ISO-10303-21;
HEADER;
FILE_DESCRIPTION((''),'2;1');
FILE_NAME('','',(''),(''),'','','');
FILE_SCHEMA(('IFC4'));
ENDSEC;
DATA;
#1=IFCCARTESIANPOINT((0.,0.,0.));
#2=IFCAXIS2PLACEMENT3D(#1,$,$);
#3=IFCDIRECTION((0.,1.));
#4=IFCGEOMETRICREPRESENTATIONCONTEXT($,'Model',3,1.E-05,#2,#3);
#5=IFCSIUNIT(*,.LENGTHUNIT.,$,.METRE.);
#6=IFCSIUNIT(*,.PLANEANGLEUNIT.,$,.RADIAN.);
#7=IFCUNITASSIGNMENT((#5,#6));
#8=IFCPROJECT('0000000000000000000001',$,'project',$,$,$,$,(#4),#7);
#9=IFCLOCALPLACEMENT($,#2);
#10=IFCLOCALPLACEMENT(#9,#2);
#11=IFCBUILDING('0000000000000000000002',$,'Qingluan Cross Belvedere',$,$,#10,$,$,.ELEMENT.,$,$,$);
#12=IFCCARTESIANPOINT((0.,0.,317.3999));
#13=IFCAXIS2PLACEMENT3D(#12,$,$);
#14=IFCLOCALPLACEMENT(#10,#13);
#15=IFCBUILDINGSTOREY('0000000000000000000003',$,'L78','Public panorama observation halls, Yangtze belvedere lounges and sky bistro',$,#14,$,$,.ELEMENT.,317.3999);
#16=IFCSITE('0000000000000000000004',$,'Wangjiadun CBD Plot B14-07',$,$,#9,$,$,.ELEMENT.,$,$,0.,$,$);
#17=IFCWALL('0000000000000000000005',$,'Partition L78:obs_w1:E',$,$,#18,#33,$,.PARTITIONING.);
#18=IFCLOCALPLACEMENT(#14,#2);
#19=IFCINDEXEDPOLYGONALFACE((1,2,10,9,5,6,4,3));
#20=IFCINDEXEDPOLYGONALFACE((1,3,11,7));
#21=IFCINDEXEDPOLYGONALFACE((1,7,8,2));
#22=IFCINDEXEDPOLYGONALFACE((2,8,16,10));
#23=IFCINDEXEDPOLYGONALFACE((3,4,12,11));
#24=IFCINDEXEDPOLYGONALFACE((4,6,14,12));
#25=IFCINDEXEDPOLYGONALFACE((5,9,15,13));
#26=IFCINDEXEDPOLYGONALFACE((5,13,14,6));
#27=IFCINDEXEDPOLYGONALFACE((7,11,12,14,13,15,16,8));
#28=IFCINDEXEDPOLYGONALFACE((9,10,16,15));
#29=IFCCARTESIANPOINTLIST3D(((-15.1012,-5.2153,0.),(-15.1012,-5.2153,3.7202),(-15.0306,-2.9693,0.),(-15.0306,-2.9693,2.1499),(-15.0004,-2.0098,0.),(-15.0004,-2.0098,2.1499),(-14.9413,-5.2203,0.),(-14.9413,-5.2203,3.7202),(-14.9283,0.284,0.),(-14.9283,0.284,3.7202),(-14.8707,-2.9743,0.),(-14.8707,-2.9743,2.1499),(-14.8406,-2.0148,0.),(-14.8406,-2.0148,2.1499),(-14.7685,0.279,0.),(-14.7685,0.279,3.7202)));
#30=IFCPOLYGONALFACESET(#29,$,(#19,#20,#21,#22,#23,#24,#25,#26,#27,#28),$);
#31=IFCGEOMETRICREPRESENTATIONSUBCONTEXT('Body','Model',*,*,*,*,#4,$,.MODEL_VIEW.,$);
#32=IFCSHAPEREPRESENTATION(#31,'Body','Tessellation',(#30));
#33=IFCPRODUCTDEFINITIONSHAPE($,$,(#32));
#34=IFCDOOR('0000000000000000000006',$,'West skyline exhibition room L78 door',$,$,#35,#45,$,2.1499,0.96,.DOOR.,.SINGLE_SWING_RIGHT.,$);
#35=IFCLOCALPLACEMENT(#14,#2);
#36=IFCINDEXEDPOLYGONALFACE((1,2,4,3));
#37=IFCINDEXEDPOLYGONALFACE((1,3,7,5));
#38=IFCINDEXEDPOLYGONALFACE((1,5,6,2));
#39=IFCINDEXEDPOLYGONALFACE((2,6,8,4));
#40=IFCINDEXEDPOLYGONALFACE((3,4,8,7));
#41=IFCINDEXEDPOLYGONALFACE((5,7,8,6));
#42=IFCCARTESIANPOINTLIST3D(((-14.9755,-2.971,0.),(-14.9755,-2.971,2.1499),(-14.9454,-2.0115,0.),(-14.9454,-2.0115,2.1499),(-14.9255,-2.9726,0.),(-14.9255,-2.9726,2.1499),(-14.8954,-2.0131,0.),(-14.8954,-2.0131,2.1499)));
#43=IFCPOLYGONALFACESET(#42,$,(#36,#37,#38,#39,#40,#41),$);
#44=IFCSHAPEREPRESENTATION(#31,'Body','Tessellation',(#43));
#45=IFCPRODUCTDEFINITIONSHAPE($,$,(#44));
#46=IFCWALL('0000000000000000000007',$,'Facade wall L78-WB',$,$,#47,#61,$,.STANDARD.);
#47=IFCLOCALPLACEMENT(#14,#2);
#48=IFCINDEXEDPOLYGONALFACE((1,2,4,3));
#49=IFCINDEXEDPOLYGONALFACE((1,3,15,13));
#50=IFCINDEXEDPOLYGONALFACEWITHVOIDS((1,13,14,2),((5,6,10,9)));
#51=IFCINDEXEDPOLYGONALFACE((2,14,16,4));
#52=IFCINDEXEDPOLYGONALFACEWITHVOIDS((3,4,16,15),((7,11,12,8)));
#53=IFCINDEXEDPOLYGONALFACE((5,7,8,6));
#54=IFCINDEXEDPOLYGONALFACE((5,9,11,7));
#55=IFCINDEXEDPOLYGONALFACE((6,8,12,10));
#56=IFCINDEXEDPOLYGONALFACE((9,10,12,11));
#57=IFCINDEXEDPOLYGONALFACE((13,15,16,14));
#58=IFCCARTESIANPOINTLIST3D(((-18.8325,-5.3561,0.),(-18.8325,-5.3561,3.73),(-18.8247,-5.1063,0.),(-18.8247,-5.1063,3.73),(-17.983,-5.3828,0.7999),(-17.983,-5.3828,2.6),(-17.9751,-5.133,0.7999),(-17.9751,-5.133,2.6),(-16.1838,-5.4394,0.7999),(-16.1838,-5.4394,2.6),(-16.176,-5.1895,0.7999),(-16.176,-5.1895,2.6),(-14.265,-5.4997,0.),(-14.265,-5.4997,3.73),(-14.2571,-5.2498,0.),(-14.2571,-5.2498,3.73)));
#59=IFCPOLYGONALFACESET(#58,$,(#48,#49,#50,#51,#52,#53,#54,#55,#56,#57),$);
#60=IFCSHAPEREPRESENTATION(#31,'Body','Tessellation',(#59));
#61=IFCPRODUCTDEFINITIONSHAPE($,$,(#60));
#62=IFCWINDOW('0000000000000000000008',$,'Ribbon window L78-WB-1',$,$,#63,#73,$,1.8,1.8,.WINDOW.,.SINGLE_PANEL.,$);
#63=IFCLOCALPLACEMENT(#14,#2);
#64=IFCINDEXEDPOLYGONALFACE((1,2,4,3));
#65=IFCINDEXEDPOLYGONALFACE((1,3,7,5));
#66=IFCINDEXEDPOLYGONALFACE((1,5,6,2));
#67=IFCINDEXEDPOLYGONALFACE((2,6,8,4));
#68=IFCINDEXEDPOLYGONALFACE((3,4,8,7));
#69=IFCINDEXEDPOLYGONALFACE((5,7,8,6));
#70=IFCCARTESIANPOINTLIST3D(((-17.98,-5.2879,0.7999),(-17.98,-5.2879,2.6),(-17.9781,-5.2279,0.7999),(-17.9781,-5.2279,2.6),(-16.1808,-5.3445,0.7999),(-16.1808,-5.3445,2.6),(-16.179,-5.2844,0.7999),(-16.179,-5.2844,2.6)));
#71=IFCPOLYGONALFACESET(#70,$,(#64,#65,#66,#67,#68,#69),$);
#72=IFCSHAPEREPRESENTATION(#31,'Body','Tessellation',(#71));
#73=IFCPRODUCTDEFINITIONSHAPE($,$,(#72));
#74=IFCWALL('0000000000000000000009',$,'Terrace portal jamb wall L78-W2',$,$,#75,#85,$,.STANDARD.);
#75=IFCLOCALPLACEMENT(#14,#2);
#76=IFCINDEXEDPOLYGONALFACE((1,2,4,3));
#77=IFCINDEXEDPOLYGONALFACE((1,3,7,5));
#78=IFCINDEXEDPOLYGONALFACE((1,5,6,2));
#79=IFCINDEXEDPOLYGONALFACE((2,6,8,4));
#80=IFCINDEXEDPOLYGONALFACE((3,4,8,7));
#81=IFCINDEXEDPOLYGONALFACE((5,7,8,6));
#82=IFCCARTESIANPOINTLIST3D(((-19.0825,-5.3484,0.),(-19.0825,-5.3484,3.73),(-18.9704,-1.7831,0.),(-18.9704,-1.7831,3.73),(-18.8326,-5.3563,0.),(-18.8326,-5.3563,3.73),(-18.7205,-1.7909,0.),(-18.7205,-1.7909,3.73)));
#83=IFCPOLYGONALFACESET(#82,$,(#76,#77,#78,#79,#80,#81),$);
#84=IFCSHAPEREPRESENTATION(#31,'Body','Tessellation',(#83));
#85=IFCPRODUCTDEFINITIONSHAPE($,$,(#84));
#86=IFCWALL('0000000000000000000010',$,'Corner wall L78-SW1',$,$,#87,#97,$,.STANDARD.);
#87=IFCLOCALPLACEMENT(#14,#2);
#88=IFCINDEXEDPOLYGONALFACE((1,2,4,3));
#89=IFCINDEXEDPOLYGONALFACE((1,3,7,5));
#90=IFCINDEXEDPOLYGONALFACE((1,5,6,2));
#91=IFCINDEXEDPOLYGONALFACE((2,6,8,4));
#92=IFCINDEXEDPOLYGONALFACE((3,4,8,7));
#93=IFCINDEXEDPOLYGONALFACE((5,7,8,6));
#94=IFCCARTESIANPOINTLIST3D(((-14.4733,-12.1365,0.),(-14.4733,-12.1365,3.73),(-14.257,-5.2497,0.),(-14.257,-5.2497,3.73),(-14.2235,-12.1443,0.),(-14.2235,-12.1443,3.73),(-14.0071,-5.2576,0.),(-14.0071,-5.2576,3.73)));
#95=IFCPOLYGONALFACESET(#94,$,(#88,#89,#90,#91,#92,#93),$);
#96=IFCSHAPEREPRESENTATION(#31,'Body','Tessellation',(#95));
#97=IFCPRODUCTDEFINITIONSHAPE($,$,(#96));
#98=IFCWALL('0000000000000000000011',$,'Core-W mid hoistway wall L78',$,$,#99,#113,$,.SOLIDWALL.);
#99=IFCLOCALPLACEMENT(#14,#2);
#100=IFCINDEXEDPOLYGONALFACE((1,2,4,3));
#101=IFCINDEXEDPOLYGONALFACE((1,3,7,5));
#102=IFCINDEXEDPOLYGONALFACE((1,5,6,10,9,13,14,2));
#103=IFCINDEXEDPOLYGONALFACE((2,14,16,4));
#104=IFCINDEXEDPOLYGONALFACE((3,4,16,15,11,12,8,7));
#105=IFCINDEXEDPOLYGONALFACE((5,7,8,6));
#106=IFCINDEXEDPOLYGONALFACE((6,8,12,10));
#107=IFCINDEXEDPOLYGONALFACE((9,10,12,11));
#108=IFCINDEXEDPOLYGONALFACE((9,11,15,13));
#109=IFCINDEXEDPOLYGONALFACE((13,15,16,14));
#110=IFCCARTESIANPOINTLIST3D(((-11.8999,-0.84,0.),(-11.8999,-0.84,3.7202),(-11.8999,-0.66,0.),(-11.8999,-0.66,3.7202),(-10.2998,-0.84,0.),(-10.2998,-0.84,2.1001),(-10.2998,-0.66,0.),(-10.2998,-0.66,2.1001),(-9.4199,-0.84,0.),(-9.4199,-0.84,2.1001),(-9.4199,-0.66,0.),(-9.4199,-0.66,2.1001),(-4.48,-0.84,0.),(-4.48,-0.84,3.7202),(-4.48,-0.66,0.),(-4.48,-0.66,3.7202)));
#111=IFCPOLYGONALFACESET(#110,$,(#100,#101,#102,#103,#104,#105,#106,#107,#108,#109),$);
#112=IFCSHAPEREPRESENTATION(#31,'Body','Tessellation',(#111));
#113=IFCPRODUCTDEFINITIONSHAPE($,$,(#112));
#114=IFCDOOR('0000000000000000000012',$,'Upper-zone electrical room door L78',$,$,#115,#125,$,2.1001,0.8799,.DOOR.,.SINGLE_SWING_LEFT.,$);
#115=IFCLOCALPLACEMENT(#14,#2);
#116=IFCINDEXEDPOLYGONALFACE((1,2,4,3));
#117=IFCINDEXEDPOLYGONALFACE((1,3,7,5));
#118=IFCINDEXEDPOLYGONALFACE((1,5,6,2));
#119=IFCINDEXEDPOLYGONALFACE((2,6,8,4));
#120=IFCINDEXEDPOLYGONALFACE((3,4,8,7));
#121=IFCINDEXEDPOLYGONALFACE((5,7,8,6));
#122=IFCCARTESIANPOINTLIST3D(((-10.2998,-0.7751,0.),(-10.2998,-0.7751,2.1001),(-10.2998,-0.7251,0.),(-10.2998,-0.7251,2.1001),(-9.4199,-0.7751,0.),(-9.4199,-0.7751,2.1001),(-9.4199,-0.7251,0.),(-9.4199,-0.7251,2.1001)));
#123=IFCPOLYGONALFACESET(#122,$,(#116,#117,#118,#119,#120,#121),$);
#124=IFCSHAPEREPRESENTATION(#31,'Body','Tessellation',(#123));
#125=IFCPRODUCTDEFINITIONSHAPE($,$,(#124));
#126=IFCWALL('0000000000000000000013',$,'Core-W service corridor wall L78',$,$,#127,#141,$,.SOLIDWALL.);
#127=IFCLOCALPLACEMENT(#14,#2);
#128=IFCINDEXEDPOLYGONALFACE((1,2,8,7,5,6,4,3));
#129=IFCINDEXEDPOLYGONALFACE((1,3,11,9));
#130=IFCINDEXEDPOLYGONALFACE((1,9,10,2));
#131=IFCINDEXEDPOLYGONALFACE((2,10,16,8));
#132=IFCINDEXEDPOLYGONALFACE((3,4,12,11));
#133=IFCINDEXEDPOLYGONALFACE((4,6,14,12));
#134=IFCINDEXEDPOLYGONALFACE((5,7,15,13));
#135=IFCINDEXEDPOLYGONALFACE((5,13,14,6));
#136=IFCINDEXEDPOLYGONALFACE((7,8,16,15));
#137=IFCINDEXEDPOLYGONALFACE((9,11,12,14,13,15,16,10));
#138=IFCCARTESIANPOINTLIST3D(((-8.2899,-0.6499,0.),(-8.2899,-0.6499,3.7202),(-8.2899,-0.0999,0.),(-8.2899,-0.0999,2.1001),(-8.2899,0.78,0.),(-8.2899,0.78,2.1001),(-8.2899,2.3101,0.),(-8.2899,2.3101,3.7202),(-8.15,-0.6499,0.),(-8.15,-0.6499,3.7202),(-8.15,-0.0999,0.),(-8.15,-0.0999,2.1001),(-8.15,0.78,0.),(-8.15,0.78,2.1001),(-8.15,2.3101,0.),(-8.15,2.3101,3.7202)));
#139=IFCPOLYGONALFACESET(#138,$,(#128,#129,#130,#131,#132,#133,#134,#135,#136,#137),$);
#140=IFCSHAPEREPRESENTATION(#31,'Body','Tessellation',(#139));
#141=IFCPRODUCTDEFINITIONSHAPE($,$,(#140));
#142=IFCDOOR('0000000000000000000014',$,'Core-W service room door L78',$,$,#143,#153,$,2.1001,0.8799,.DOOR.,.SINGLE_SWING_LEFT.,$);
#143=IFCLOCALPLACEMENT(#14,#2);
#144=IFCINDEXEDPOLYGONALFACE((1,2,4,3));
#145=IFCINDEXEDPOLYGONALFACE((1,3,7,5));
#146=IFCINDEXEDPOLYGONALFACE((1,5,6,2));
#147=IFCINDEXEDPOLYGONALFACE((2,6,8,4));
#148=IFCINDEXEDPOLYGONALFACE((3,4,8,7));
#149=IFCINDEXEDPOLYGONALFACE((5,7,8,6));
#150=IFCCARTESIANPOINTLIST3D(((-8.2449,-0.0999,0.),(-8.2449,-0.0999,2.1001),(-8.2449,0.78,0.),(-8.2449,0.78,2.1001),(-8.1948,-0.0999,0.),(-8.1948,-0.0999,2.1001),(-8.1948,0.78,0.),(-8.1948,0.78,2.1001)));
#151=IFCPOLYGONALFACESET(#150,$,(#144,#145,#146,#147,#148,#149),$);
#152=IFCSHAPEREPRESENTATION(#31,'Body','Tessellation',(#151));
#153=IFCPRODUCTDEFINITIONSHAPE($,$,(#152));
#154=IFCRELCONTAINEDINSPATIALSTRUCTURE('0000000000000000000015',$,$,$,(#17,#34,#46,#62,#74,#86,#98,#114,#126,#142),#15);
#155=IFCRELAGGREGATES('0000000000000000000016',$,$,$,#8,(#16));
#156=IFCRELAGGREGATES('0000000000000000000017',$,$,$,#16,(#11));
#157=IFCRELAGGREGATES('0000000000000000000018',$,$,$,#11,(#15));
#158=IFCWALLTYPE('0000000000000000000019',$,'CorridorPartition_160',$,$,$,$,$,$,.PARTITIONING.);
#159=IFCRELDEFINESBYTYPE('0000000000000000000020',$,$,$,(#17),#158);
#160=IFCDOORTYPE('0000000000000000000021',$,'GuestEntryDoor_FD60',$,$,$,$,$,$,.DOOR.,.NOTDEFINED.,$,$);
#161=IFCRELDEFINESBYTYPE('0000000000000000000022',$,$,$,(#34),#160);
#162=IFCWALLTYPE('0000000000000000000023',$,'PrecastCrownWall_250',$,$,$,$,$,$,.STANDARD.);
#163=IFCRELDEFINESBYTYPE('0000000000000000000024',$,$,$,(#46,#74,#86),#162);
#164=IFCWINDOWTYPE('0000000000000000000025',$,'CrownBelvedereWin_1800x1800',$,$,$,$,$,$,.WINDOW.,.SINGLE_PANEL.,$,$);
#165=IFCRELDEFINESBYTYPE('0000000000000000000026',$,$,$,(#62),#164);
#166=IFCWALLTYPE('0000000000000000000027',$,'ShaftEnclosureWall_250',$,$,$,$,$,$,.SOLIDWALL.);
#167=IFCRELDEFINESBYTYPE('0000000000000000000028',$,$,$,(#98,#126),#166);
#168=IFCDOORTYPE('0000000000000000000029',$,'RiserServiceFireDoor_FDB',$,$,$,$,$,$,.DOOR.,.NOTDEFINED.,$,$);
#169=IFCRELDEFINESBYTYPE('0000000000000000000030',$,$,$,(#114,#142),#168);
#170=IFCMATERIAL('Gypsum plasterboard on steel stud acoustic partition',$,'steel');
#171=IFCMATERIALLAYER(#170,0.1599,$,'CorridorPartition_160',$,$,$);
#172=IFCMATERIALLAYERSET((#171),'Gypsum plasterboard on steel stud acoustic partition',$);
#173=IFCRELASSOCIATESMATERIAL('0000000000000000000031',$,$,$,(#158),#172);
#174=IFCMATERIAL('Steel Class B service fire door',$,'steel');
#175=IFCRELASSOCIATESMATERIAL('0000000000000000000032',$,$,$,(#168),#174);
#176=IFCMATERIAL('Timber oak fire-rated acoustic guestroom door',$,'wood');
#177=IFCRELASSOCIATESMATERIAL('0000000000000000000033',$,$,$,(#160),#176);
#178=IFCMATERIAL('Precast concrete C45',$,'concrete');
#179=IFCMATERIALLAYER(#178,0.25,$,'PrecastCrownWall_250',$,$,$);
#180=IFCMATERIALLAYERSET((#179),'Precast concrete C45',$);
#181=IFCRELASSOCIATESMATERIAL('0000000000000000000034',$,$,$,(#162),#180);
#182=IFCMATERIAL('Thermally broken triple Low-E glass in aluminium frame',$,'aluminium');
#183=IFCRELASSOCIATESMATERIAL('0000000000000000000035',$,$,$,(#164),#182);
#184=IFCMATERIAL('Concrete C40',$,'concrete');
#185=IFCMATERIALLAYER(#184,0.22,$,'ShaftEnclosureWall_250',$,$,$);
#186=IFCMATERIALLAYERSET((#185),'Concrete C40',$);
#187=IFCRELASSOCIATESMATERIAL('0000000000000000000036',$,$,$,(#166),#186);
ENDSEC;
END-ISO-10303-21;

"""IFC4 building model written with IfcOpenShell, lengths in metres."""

from ifc_helpers import new_model, si_unit, direction, frame, frame_2d, origin, place, context, subcontext, project, spatial, rectangle, extrude, material, layer, layer_set, type_object, element, fill, save


model = new_model("IFC4")

# Units and contexts
model_context = context("Model", 3, precision=1e-05, world=origin(), true_north=direction((0.0, 1.0)))
body_context = subcontext(model_context, "Body", "Model", "MODEL_VIEW")
ifc_project = project(units=[si_unit("LENGTHUNIT", "METRE"), si_unit("PLANEANGLEUNIT", "RADIAN")], contexts=[model_context])

# Site, building, storey
site_placement = place(None, origin())
site = spatial("IfcSite", under=ifc_project, at=site_placement, Name="Wangjiadun CBD Plot B14-07", CompositionType="ELEMENT", RefElevation=0.0)
building_placement = place(site_placement, origin())
building = spatial("IfcBuilding", under=site, at=building_placement, Name="Qingluan Cross Belvedere", CompositionType="ELEMENT")
storey_placement = place(building_placement, frame((0.0, 0.0, 317.3999)))
storey = spatial("IfcBuildingStorey", under=building, at=storey_placement, Name="L78", Description="Public panorama observation halls, Yangtze belvedere lounges and sky bistro", CompositionType="ELEMENT", Elevation=317.3999)

# Wall, opening, door
ifc_material_1 = material(Name="Gypsum plasterboard on steel stud acoustic partition", Category="steel")
ifc_layer_1 = layer(ifc_material_1, 0.1599, Name="CorridorPartition_160")
ifc_layer_set_1 = layer_set([ifc_layer_1], Name="Gypsum plasterboard on steel stud acoustic partition")
wall_type_1 = type_object("IfcWallType", Name="CorridorPartition_160", PredefinedType="PARTITIONING", material=ifc_layer_set_1)
ifc_material_2 = material(Name="Steel Class B service fire door", Category="steel")
door_type_1 = type_object("IfcDoorType", Name="RiserServiceFireDoor_FDB", OperationType="NOTDEFINED", PredefinedType="DOOR", material=ifc_material_2)
wall_1_placement = place(storey_placement, frame((-15.0212, -5.2178, 0.0), z_axis=(0.0, 0.0, 1.0), x_axis=(0.031416, 0.999506, 0.0)))
wall_1 = element("IfcWall", 1, at=wall_1_placement, inside=storey, type_object=wall_type_1, Name="Partition L78:obs_w1:E", PredefinedType="PARTITIONING", context=body_context, shape_type="SweptSolid", body=[
    extrude(rectangle(XDim=5.502, YDim=0.1599, at=frame_2d((2.751, 0.0))), origin(), (0.0, 0.0, 1.0), 3.7202),
])
opening_1_placement = place(wall_1_placement, frame((2.2471, 0.0, 0.0)))
opening_1 = element("IfcOpeningElement", 2, at=opening_1_placement, cuts=wall_1, PredefinedType="OPENING", context=body_context, shape_type="SweptSolid", body=[
    extrude(rectangle(XDim=0.96, YDim=2.1499, at=frame_2d((0.48, 1.075))), frame((0.0, 0.0898, 0.0), z_axis=(0.0, -1.0, 0.0), x_axis=(1.0, 0.0, 0.0)), (0.0, 0.0, 1.0), 0.1799),
])
ifc_material_3 = material(Name="Timber oak fire-rated acoustic guestroom door", Category="wood")
door_type_2 = type_object("IfcDoorType", Name="GuestEntryDoor_FD60", OperationType="NOTDEFINED", PredefinedType="DOOR", material=ifc_material_3)
door_1_placement = place(opening_1_placement, origin())
door_1 = element("IfcDoor", 3, at=door_1_placement, inside=storey, type_object=door_type_2, Name="West skyline exhibition room L78 door", OperationType="SINGLE_SWING_RIGHT", OverallHeight=2.1499, OverallWidth=0.96, PredefinedType="DOOR", context=body_context, shape_type="SweptSolid", body=[
    extrude(rectangle(XDim=0.96, YDim=2.1499, at=frame_2d((0.48, 1.075))), frame((0.0, 0.0249, 0.0), z_axis=(0.0, -1.0, 0.0), x_axis=(1.0, 0.0, 0.0)), (0.0, 0.0, 1.0), 0.05),
])
fill(opening_1, door_1)

# Wall, opening, window
ifc_material_4 = material(Name="Precast concrete C45", Category="concrete")
ifc_layer_2 = layer(ifc_material_4, 0.25, Name="PrecastCrownWall_250")
ifc_layer_set_2 = layer_set([ifc_layer_2], Name="Precast concrete C45")
wall_type_2 = type_object("IfcWallType", Name="PrecastCrownWall_250", PredefinedType="STANDARD", material=ifc_layer_set_2)
wall_2_placement = place(storey_placement, frame((-18.8286, -5.2312, 0.0), z_axis=(0.0, 0.0, 1.0), x_axis=(0.999506, -0.031413, 0.0)))
wall_2 = element("IfcWall", 4, at=wall_2_placement, inside=storey, type_object=wall_type_2, Name="Facade wall L78-WB", PredefinedType="STANDARD", context=body_context, shape_type="SweptSolid", body=[
    extrude(rectangle(XDim=4.5698, YDim=0.25, at=frame_2d((2.2849, 0.0))), origin(), (0.0, 0.0, 1.0), 3.73),
])
opening_2_placement = place(wall_2_placement, frame((0.8501, 0.0, 0.8)))
opening_2 = element("IfcOpeningElement", 5, at=opening_2_placement, cuts=wall_2, PredefinedType="OPENING", context=body_context, shape_type="SweptSolid", body=[
    extrude(rectangle(XDim=1.8, YDim=1.8, at=frame_2d((0.8999, 0.8999))), frame((0.0, 0.135, 0.0), z_axis=(0.0, -1.0, 0.0), x_axis=(1.0, 0.0, 0.0)), (0.0, 0.0, 1.0), 0.27),
])
ifc_material_5 = material(Name="Thermally broken triple Low-E glass in aluminium frame", Category="aluminium")
window_type = type_object("IfcWindowType", Name="CrownBelvedereWin_1800x1800", PartitioningType="SINGLE_PANEL", PredefinedType="WINDOW", material=ifc_material_5)
window_placement = place(opening_2_placement, origin())
window = element("IfcWindow", 6, at=window_placement, inside=storey, type_object=window_type, Name="Ribbon window L78-WB-1", OverallHeight=1.8, OverallWidth=1.8, PartitioningType="SINGLE_PANEL", PredefinedType="WINDOW", context=body_context, shape_type="SweptSolid", body=[
    extrude(rectangle(XDim=1.8, YDim=1.8, at=frame_2d((0.8999, 0.8999))), frame((0.0, 0.03, 0.0), z_axis=(0.0, -1.0, 0.0), x_axis=(1.0, 0.0, 0.0)), (0.0, 0.0, 1.0), 0.0601),
])
fill(opening_2, window)

# Walls
wall_3_placement = place(storey_placement, frame((-18.8455, -1.7869, 0.0), z_axis=(0.0, 0.0, 1.0), x_axis=(-0.031414, -0.999506, 0.0)))
element("IfcWall", 7, at=wall_3_placement, inside=storey, type_object=wall_type_2, Name="Terrace portal jamb wall L78-W2", PredefinedType="STANDARD", context=body_context, shape_type="SweptSolid", body=[
    extrude(rectangle(XDim=3.5671, YDim=0.25, at=frame_2d((1.7837, 0.0))), origin(), (0.0, 0.0, 1.0), 3.73),
])
wall_4_placement = place(storey_placement, frame((-14.1321, -5.2537, 0.0), z_axis=(0.0, 0.0, 1.0), x_axis=(-0.031394, -0.999507, 0.0)))
element("IfcWall", 8, at=wall_4_placement, inside=storey, type_object=wall_type_2, Name="Corner wall L78-SW1", PredefinedType="STANDARD", context=body_context, shape_type="SweptSolid", body=[
    extrude(rectangle(XDim=6.8901, YDim=0.25, at=frame_2d((3.4451, 0.0))), origin(), (0.0, 0.0, 1.0), 3.73),
])

# Walls, openings, doors
ifc_material_6 = material(Name="Concrete C40", Category="concrete")
ifc_layer_3 = layer(ifc_material_6, 0.22, Name="ShaftEnclosureWall_250")
ifc_layer_set_3 = layer_set([ifc_layer_3], Name="Concrete C40")
wall_type_3 = type_object("IfcWallType", Name="ShaftEnclosureWall_250", PredefinedType="SOLIDWALL", material=ifc_layer_set_3)
wall_5_placement = place(storey_placement, frame((-11.8999, -0.75, 0.0), z_axis=(0.0, 0.0, 1.0), x_axis=(1.0, 0.0, 0.0)))
wall_5 = element("IfcWall", 9, at=wall_5_placement, inside=storey, type_object=wall_type_3, Name="Core-W mid hoistway wall L78", PredefinedType="SOLIDWALL", context=body_context, shape_type="SweptSolid", body=[
    extrude(rectangle(XDim=7.4199, YDim=0.1799, at=frame_2d((3.71, 0.0))), origin(), (0.0, 0.0, 1.0), 3.7202),
])
opening_3_placement = place(wall_5_placement, frame((1.6001, 0.0, 0.0)))
opening_3 = element("IfcOpeningElement", 10, at=opening_3_placement, cuts=wall_5, PredefinedType="OPENING", context=body_context, shape_type="SweptSolid", body=[
    extrude(rectangle(XDim=0.8799, YDim=2.1001, at=frame_2d((0.4399, 1.05))), frame((0.0, 0.0999, 0.0), z_axis=(0.0, -1.0, 0.0), x_axis=(1.0, 0.0, 0.0)), (0.0, 0.0, 1.0), 0.2),
])
door_2_placement = place(opening_3_placement, origin())
door_2 = element("IfcDoor", 11, at=door_2_placement, inside=storey, type_object=door_type_1, Name="Upper-zone electrical room door L78", OperationType="SINGLE_SWING_LEFT", OverallHeight=2.1001, OverallWidth=0.8799, PredefinedType="DOOR", context=body_context, shape_type="SweptSolid", body=[
    extrude(rectangle(XDim=0.8799, YDim=2.1001, at=frame_2d((0.4399, 1.05))), frame((0.0, 0.0249, 0.0), z_axis=(0.0, -1.0, 0.0), x_axis=(1.0, 0.0, 0.0)), (0.0, 0.0, 1.0), 0.05),
])
fill(opening_3, door_2)
wall_6_placement = place(storey_placement, frame((-8.22, -0.6499, 0.0), z_axis=(0.0, 0.0, 1.0), x_axis=(0.0, 1.0, 0.0)))
wall_6 = element("IfcWall", 12, at=wall_6_placement, inside=storey, type_object=wall_type_3, Name="Core-W service corridor wall L78", PredefinedType="SOLIDWALL", context=body_context, shape_type="SweptSolid", body=[
    extrude(rectangle(XDim=2.96, YDim=0.1399, at=frame_2d((1.48, 0.0))), origin(), (0.0, 0.0, 1.0), 3.7202),
])
opening_4_placement = place(wall_6_placement, frame((0.55, 0.0, 0.0)))
opening_4 = element("IfcOpeningElement", 13, at=opening_4_placement, cuts=wall_6, PredefinedType="OPENING", context=body_context, shape_type="SweptSolid", body=[
    extrude(rectangle(XDim=0.8799, YDim=2.1001, at=frame_2d((0.4399, 1.05))), frame((0.0, 0.0798, 0.0), z_axis=(0.0, -1.0, 0.0), x_axis=(1.0, 0.0, 0.0)), (0.0, 0.0, 1.0), 0.1599),
])
door_3_placement = place(opening_4_placement, origin())
door_3 = element("IfcDoor", 14, at=door_3_placement, inside=storey, type_object=door_type_1, Name="Core-W service room door L78", OperationType="SINGLE_SWING_LEFT", OverallHeight=2.1001, OverallWidth=0.8799, PredefinedType="DOOR", context=body_context, shape_type="SweptSolid", body=[
    extrude(rectangle(XDim=0.8799, YDim=2.1001, at=frame_2d((0.4399, 1.05))), frame((0.0, 0.0249, 0.0), z_axis=(0.0, -1.0, 0.0), x_axis=(1.0, 0.0, 0.0)), (0.0, 0.0, 1.0), 0.05),
])
fill(opening_4, door_3)

save(model, "model.ifc")
